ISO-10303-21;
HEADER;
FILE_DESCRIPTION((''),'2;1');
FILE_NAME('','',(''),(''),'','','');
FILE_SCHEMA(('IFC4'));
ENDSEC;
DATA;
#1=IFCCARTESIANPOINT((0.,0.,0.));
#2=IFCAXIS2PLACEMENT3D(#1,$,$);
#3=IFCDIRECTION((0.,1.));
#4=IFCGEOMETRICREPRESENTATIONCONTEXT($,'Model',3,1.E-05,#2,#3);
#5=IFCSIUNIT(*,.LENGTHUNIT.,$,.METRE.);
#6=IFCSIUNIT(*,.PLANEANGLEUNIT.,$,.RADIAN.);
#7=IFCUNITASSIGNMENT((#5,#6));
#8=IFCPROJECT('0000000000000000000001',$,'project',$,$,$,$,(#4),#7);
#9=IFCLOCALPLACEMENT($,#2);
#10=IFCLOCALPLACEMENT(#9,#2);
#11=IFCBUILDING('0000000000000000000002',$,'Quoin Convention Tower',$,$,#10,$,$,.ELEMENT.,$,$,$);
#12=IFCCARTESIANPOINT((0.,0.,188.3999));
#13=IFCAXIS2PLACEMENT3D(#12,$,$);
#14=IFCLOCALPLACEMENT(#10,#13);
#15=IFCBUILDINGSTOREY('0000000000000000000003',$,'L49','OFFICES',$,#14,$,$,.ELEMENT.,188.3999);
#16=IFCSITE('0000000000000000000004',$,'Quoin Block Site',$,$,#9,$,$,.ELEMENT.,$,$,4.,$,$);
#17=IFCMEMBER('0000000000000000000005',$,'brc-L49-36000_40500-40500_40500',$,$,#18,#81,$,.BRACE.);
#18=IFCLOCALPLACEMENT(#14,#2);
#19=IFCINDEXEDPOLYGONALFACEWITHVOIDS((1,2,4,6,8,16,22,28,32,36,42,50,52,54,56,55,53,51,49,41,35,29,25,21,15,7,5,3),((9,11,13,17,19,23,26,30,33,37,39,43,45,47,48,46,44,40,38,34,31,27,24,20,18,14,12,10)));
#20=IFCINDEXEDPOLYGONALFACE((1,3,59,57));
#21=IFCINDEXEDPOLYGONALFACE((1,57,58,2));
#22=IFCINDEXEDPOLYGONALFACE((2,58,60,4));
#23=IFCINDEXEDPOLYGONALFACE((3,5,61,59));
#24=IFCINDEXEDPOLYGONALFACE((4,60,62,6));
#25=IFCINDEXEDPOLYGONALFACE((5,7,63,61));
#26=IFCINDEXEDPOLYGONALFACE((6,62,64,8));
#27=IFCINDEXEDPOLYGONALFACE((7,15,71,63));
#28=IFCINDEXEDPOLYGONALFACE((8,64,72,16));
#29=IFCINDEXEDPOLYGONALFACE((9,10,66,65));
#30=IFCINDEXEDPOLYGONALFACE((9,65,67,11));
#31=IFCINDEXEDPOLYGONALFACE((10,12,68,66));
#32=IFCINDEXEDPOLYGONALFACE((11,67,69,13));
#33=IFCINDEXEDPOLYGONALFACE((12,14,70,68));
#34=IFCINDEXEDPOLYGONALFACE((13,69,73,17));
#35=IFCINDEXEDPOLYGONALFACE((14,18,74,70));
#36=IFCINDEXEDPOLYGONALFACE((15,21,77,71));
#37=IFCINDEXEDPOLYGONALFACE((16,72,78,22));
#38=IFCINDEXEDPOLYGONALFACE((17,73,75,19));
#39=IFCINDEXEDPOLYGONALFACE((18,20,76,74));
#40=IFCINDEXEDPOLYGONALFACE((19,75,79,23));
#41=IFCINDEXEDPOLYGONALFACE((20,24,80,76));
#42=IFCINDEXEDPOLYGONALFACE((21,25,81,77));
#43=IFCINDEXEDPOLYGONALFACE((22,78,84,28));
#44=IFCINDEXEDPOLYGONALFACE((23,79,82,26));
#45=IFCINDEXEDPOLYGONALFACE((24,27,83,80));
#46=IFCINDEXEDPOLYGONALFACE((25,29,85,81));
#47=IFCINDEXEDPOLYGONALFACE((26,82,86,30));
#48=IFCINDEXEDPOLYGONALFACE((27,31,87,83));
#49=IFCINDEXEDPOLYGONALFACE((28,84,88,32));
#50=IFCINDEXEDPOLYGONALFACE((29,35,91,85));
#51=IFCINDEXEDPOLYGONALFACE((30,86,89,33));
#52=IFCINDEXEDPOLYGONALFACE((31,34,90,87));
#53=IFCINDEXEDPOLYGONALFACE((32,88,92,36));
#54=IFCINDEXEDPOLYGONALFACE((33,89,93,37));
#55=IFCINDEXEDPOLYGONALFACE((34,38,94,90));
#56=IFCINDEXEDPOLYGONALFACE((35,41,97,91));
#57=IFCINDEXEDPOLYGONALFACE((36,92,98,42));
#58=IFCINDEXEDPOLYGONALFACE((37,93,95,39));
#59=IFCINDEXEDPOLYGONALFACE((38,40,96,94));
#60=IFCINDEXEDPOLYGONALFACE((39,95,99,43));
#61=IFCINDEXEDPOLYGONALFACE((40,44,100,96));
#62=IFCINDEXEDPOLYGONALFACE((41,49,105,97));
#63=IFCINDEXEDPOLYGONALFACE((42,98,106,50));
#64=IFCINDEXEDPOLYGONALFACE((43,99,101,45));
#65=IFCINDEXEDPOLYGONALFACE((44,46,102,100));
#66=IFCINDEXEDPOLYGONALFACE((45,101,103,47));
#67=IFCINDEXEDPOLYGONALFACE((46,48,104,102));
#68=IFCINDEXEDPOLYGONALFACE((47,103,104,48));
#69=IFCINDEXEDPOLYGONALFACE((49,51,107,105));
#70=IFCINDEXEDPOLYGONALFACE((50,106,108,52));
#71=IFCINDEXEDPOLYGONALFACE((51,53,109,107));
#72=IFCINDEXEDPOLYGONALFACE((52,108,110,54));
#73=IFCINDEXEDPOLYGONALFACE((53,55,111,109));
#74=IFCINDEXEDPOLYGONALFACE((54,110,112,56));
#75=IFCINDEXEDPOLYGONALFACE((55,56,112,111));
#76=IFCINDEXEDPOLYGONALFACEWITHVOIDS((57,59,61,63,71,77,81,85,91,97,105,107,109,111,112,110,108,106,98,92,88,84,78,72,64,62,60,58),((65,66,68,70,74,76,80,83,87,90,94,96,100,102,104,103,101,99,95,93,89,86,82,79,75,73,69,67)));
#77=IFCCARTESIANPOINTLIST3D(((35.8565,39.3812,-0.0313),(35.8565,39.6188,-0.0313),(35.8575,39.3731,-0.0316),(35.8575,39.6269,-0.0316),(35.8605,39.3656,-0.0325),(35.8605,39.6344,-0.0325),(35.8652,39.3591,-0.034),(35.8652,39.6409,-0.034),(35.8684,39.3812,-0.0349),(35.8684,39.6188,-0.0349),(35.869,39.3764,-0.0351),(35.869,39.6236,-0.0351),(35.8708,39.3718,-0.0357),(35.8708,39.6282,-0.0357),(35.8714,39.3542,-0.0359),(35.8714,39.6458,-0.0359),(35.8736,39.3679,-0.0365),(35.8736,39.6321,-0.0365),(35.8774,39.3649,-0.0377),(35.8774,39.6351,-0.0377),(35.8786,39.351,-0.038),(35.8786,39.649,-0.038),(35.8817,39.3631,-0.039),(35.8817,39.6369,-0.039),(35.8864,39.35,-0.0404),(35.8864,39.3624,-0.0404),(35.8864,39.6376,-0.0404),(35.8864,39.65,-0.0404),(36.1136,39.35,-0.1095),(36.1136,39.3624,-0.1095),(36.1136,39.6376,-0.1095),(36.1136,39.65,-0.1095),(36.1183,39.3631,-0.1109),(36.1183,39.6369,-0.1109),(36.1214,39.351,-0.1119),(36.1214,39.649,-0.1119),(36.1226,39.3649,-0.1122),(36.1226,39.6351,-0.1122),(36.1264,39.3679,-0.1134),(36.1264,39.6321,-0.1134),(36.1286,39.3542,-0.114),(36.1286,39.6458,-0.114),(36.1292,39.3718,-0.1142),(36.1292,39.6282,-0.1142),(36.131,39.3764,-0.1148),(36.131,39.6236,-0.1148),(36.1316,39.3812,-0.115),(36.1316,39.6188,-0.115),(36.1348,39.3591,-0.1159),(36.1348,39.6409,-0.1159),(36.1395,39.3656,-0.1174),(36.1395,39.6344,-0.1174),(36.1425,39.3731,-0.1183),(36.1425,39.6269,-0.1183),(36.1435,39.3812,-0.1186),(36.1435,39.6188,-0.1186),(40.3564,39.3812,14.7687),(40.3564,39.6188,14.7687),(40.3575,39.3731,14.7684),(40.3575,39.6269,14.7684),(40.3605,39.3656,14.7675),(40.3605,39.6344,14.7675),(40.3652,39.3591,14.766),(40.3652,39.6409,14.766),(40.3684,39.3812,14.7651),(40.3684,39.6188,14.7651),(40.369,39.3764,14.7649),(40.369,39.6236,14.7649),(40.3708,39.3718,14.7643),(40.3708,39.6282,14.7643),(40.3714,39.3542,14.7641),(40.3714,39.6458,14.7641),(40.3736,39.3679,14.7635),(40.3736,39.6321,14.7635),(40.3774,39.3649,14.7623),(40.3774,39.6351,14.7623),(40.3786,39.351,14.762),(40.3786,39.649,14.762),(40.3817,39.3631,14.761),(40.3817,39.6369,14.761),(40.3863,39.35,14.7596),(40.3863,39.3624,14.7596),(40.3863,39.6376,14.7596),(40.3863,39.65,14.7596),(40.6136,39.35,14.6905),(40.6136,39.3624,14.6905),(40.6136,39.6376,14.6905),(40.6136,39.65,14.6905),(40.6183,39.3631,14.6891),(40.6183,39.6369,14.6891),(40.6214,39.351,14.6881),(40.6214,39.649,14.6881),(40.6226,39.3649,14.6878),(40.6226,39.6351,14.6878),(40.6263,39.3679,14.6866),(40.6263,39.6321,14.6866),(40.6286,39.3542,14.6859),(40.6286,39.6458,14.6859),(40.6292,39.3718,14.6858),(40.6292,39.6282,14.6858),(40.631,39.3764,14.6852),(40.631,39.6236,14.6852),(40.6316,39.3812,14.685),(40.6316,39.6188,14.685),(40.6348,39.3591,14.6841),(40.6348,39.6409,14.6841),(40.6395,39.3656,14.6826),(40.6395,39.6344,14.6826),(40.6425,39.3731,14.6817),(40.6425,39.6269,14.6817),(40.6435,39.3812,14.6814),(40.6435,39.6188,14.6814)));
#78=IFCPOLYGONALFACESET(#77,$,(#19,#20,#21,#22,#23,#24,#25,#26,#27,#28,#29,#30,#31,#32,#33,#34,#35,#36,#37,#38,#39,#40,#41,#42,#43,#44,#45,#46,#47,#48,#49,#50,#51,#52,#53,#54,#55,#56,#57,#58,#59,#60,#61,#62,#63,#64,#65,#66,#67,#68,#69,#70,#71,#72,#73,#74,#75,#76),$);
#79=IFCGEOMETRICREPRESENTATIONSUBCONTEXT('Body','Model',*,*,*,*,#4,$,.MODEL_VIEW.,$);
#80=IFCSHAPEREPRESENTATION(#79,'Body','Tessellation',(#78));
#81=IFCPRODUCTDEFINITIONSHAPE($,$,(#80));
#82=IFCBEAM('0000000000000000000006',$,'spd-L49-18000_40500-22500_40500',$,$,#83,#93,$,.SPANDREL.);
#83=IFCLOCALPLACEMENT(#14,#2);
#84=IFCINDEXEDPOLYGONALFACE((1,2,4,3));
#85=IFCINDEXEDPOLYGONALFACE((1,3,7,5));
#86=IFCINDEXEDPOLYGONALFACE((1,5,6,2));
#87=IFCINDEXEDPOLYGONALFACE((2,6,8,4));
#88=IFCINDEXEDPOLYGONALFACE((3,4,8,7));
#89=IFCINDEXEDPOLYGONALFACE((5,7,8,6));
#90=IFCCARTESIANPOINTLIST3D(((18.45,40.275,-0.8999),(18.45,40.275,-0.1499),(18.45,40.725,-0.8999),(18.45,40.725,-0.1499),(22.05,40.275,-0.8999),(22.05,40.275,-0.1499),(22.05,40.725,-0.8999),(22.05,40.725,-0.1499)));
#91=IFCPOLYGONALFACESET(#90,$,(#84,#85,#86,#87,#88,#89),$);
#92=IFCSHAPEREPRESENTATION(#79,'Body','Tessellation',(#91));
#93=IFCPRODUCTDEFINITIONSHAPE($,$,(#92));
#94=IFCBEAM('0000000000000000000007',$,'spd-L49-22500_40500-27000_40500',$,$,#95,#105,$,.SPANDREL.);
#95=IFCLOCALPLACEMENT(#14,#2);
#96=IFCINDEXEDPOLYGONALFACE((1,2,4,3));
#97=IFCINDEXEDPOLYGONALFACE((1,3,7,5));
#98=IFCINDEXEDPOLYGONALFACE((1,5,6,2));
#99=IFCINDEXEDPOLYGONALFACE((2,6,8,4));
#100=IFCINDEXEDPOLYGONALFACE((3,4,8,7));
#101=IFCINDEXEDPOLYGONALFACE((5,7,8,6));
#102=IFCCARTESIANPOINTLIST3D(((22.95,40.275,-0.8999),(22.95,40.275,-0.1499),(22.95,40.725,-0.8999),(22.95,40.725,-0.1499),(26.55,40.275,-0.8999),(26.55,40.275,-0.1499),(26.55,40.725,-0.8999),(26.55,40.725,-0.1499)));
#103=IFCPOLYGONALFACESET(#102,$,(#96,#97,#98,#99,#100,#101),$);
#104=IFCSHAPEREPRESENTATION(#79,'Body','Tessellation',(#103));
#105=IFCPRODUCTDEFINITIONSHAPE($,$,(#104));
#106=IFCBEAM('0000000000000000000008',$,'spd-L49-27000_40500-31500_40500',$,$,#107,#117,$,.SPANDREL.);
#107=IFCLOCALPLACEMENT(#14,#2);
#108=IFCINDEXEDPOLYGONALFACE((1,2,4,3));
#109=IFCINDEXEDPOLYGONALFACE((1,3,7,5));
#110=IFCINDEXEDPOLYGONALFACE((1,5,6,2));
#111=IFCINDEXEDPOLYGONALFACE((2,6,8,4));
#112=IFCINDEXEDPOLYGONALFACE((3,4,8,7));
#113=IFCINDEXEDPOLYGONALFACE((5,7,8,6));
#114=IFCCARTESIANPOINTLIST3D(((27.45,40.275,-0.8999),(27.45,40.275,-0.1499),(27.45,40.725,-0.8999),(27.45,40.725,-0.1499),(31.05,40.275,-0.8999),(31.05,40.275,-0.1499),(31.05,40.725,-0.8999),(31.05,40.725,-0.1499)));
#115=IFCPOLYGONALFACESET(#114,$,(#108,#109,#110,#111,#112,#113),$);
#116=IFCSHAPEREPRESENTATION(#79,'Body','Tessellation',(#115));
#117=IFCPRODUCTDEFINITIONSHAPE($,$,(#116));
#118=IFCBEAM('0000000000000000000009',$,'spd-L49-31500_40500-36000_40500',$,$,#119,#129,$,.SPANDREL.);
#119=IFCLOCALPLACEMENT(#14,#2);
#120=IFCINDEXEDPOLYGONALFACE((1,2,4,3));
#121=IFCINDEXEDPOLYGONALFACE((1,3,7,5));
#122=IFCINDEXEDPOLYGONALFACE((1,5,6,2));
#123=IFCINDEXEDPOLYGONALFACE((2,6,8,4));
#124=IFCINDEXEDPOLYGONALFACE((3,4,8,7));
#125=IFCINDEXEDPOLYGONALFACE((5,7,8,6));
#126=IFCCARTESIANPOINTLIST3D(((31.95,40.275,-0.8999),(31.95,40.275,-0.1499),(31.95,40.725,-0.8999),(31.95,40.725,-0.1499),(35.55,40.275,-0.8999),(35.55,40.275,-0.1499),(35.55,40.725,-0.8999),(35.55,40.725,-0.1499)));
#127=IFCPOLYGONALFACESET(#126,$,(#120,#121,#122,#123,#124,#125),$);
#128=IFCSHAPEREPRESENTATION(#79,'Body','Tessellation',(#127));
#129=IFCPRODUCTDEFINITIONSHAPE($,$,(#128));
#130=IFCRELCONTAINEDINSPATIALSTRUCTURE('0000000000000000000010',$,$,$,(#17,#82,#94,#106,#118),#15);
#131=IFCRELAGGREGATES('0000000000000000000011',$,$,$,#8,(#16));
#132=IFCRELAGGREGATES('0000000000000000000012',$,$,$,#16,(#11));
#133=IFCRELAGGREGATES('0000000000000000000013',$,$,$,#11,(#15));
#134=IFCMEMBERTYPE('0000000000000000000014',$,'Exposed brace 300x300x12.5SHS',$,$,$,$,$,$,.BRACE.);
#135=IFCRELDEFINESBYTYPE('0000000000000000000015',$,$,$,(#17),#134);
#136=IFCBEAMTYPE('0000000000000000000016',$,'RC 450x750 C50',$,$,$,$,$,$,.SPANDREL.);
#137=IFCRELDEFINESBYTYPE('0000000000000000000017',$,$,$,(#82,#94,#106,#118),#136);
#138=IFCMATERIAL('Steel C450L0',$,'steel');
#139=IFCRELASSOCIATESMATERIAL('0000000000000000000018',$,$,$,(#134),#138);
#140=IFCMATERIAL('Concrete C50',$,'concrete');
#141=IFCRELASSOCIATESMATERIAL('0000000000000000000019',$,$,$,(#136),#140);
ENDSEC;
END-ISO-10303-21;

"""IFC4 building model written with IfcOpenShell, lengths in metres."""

from ifc_helpers import new_model, si_unit, direction, frame, origin, origin_2d, place, context, subcontext, project, spatial, rectangle, hollow_rectangle, extrude, material, material_profile, profile_set, type_object, element, save


model = new_model("IFC4")

# Units and contexts
model_context = context("Model", 3, precision=1e-05, world=origin(), true_north=direction((0.0, 1.0)))
body_context = subcontext(model_context, "Body", "Model", "MODEL_VIEW")
ifc_project = project(units=[si_unit("LENGTHUNIT", "METRE"), si_unit("PLANEANGLEUNIT", "RADIAN")], contexts=[model_context])

# Site, building, storey
site_placement = place(None, origin())
site = spatial("IfcSite", under=ifc_project, at=site_placement, Name="Quoin Block Site", CompositionType="ELEMENT", RefElevation=4.0)
building_placement = place(site_placement, origin())
building = spatial("IfcBuilding", under=site, at=building_placement, Name="Quoin Convention Tower", CompositionType="ELEMENT")
storey_placement = place(building_placement, frame((0.0, 0.0, 188.3999)))
storey = spatial("IfcBuildingStorey", under=building, at=storey_placement, Name="L49", Description="OFFICES", CompositionType="ELEMENT", Elevation=188.3999)

# Shared definitions
ifc_material_1 = material(Name="Concrete C50", Category="concrete")

# Member
ifc_material_2 = material(Name="Steel C450L0", Category="steel")
ifc_material_profile_1 = material_profile(ifc_material_2, hollow_rectangle(XDim=0.3, YDim=0.3, WallThickness=0.0125, InnerFilletRadius=0.0188, OuterFilletRadius=0.0312, at=origin_2d()), Name="300x300x12.5SHS")
ifc_profile_set_1 = profile_set([ifc_material_profile_1], Name="Steel C450L0")
member_type = type_object("IfcMemberType", Name="Exposed brace 300x300x12.5SHS", PredefinedType="BRACE", material=ifc_profile_set_1)
for number, where, z_axis, x_axis, name in (
    (1, (36.0, 39.5, -0.075), (0.290903, 0.0, 0.956752), (0.0, 1.0, 0.0), "brc-L49-36000_40500-40500_40500"),
):
    element("IfcMember", number, at=place(storey_placement, frame(where, z_axis=z_axis, x_axis=x_axis)), inside=storey, type_object=member_type, Name=name, PredefinedType="BRACE", context=body_context, shape_type="SweptSolid", body=[
        extrude(hollow_rectangle(XDim=0.3, YDim=0.3, WallThickness=0.0125, InnerFilletRadius=0.0188, OuterFilletRadius=0.0312, at=origin_2d()), origin(), (0.0, 0.0, 1.0), 15.469),
    ])

# Beams
ifc_material_profile_2 = material_profile(ifc_material_1, rectangle(XDim=0.45, YDim=0.75, at=origin_2d()), Name="RC 450x750")
ifc_profile_set_2 = profile_set([ifc_material_profile_2], Name="Concrete C50")
beam_type = type_object("IfcBeamType", Name="RC 450x750 C50", PredefinedType="SPANDREL", material=ifc_profile_set_2)
for number, where, z_axis, x_axis, name in (
    (2, (18.45, 40.5, -0.5249), (1.0, 0.0, 0.0), (0.0, 1.0, 0.0), "spd-L49-18000_40500-22500_40500"),
    (3, (22.95, 40.5, -0.5249), (1.0, 0.0, 0.0), (0.0, 1.0, 0.0), "spd-L49-22500_40500-27000_40500"),
    (4, (27.45, 40.5, -0.5249), (1.0, 0.0, 0.0), (0.0, 1.0, 0.0), "spd-L49-27000_40500-31500_40500"),
    (5, (31.95, 40.5, -0.5249), (1.0, 0.0, 0.0), (0.0, 1.0, 0.0), "spd-L49-31500_40500-36000_40500"),
):
    element("IfcBeam", number, at=place(storey_placement, frame(where, z_axis=z_axis, x_axis=x_axis)), inside=storey, type_object=beam_type, Name=name, PredefinedType="SPANDREL", context=body_context, shape_type="SweptSolid", body=[
        extrude(rectangle(XDim=0.45, YDim=0.75, at=origin_2d()), origin(), (0.0, 0.0, 1.0), 3.6001),
    ])

save(model, "model.ifc")
